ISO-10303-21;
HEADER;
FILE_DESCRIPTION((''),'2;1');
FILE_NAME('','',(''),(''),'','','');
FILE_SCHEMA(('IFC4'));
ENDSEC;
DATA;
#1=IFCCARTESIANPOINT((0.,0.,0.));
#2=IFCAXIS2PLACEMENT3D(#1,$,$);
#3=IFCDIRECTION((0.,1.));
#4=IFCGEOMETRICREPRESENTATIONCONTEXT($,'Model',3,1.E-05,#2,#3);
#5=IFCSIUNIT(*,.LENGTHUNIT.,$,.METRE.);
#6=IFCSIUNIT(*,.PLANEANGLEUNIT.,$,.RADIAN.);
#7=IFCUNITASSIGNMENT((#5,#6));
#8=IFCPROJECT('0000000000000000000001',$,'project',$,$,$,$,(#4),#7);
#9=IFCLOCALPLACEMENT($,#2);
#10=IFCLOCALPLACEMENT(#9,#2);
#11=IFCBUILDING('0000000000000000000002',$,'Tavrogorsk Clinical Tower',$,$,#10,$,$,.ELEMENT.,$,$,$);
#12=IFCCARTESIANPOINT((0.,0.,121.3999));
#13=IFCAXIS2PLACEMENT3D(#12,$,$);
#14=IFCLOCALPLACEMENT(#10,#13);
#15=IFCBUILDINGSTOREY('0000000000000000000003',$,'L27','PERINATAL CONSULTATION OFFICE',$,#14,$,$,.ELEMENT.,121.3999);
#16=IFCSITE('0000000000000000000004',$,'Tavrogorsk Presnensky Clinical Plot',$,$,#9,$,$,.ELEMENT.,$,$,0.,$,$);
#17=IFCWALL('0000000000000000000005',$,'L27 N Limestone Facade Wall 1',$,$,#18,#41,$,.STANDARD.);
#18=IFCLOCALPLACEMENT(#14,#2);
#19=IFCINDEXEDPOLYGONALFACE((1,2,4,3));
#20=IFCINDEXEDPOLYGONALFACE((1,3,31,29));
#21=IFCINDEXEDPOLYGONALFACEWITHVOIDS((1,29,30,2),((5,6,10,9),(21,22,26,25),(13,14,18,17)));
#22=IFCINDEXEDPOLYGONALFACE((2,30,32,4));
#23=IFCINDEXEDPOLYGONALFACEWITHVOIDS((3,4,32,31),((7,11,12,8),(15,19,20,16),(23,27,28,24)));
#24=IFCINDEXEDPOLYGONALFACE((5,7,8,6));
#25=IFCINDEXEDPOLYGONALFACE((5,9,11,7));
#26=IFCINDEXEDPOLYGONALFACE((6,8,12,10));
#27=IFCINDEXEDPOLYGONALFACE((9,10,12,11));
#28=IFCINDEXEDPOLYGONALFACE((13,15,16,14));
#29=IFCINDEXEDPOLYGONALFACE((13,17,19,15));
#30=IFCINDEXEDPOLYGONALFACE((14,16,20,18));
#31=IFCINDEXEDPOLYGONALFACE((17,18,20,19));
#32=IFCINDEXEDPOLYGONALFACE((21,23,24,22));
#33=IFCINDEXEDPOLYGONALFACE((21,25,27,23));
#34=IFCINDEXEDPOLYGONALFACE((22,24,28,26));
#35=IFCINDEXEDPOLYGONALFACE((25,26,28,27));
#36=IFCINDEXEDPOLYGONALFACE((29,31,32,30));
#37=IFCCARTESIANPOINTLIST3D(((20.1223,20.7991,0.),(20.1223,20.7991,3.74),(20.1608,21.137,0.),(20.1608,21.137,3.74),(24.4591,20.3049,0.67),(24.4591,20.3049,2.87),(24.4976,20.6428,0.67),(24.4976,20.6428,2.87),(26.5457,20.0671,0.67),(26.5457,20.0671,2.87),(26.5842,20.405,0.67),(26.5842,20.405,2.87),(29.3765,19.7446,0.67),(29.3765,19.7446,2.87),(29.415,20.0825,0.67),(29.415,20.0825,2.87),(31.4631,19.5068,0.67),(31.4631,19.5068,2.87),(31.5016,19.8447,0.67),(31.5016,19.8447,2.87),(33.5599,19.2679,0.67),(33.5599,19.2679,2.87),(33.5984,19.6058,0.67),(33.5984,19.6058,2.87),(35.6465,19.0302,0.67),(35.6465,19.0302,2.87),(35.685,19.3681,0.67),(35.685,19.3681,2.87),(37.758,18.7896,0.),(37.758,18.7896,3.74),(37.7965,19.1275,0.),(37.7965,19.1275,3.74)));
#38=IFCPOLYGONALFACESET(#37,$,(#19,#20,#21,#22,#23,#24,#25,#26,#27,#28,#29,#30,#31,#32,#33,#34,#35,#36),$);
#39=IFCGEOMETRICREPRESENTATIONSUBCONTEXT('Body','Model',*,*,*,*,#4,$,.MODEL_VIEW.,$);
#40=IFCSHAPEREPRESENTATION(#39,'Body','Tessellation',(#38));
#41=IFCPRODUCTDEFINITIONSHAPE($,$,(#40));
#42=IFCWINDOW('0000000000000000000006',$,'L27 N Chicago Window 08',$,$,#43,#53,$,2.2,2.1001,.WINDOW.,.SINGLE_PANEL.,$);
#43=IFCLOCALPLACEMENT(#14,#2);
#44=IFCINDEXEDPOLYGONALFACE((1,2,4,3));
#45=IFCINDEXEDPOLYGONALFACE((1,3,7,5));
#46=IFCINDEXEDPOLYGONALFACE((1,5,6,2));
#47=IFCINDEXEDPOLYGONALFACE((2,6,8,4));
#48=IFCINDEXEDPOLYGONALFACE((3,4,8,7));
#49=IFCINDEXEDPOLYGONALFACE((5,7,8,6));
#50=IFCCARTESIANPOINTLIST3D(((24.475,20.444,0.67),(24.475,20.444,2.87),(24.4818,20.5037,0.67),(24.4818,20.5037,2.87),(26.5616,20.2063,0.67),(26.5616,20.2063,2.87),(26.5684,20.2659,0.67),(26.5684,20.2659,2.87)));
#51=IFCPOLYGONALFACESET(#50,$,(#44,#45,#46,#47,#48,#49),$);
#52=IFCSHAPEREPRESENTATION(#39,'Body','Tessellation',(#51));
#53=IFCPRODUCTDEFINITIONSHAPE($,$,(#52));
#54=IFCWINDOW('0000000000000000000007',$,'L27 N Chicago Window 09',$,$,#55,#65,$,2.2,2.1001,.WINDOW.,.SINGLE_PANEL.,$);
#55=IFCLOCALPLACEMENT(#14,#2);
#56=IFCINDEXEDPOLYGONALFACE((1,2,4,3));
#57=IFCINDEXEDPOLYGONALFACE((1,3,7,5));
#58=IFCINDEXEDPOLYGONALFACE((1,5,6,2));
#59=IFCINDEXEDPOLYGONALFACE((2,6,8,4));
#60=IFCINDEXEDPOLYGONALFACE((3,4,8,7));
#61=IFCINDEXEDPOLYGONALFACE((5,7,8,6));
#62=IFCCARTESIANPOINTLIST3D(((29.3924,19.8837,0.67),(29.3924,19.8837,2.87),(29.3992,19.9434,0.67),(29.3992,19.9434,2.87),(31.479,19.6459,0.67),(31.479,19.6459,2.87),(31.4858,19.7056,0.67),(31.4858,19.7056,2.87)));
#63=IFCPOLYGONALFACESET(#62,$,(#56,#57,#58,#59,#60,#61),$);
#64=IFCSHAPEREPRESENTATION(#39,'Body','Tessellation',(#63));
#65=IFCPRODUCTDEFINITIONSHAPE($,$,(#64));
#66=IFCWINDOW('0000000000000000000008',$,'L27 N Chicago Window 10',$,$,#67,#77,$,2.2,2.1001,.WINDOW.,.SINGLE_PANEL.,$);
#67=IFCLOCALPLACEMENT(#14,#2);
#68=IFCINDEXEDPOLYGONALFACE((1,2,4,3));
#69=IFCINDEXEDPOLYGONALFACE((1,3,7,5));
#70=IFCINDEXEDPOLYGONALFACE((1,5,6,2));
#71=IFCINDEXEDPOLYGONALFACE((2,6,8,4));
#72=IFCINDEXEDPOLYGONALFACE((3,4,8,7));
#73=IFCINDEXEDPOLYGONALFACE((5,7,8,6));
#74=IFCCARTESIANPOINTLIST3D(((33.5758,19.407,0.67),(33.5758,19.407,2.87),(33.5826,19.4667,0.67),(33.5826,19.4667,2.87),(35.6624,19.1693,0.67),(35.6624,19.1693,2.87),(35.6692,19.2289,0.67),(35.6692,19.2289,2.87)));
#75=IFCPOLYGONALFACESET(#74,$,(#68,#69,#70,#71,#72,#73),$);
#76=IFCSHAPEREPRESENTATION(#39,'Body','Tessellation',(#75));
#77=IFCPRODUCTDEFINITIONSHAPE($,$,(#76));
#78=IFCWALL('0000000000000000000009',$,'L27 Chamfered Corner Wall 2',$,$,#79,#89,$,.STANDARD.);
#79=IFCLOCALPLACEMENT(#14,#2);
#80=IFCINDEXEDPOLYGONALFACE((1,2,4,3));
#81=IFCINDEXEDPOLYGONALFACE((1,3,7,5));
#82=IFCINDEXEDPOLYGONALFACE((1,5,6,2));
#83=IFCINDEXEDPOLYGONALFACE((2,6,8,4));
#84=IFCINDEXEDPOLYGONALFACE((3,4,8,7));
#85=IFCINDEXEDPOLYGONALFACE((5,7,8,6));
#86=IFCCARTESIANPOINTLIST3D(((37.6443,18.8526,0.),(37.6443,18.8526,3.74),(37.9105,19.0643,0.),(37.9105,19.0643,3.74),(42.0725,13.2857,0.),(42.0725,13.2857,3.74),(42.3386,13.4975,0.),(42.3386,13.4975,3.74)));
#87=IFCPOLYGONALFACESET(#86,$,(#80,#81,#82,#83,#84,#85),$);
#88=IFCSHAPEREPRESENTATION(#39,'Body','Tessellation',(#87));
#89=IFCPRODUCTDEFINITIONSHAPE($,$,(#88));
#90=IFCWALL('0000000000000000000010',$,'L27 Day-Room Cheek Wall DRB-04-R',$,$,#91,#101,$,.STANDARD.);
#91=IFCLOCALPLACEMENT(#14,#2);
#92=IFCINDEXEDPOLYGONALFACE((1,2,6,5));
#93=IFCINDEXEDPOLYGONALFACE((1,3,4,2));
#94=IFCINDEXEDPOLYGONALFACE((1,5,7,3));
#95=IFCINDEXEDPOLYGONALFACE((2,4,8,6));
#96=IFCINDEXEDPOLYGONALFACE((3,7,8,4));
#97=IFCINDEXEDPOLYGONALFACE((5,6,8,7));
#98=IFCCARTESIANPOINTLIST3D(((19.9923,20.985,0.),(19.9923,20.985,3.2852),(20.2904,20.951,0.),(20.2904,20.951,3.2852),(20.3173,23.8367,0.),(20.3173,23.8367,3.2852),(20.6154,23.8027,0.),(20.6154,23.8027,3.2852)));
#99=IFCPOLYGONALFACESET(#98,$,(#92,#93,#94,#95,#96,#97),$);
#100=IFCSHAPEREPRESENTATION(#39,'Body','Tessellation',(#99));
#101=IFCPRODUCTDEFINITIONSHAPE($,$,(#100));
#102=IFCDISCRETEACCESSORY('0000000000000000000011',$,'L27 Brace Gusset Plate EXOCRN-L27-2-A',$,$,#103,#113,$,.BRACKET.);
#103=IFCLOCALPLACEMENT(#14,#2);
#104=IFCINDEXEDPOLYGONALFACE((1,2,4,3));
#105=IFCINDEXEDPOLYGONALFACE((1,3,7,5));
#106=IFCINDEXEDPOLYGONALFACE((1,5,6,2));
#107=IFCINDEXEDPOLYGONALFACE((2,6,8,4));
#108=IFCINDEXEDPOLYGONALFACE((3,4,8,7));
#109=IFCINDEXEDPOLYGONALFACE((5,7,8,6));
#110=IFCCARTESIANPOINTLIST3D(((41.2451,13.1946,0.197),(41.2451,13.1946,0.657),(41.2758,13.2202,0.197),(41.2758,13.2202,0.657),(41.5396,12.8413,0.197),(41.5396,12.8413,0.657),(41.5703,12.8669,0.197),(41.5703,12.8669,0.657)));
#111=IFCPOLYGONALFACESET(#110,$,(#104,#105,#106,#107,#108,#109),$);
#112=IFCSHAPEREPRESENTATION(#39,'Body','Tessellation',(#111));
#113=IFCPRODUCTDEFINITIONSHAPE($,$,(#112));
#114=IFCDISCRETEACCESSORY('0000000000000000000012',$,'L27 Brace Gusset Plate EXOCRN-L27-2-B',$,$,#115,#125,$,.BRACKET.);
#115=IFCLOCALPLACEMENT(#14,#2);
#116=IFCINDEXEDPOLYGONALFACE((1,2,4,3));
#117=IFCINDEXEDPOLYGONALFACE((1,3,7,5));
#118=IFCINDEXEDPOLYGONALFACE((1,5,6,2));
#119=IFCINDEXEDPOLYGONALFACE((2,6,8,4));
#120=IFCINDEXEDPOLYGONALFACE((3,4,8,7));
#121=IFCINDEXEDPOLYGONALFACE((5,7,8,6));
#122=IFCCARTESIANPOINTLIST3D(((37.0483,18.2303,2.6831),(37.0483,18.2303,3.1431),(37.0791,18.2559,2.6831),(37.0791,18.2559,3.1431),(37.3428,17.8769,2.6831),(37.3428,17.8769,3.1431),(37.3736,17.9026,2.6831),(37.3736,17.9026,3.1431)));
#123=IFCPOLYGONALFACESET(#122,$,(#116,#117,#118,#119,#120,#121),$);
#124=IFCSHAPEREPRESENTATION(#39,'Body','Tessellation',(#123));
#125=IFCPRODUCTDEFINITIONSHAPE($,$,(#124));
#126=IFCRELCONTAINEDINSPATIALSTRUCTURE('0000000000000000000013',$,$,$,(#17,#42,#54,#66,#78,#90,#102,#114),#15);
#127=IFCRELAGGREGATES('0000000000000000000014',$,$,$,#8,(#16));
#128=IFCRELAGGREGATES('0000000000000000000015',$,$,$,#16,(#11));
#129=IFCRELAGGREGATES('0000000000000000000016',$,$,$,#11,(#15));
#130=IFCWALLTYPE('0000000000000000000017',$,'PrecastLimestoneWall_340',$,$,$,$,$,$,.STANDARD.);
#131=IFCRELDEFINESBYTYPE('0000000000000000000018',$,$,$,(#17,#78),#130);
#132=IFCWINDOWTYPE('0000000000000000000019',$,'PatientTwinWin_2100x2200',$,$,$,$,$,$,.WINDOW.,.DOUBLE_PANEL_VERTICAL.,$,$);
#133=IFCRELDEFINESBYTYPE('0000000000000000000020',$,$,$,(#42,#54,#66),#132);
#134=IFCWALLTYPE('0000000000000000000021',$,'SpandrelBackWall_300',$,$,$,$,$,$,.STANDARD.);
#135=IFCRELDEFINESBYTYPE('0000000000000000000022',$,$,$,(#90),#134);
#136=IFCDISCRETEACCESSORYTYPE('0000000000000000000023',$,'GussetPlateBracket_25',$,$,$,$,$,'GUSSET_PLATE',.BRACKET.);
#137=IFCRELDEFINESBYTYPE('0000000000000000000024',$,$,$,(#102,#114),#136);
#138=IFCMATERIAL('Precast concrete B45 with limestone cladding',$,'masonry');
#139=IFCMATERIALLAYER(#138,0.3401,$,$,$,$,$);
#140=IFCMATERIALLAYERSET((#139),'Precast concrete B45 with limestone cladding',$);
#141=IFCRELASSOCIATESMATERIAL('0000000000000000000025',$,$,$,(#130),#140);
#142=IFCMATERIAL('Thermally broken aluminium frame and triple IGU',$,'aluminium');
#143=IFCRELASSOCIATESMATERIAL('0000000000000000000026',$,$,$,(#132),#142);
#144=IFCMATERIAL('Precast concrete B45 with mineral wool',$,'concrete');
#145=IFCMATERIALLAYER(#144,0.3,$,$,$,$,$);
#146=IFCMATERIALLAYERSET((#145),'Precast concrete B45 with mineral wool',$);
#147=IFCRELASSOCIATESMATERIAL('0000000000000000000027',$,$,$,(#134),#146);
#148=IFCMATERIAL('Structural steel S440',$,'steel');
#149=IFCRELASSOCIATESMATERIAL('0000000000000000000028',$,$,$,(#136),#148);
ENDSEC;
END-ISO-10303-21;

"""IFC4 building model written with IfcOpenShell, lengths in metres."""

from ifc_helpers import new_model, si_unit, direction, frame, frame_2d, origin, origin_2d, place, context, subcontext, project, spatial, rectangle, extrude, material, layer, layer_set, type_object, element, fill, save


model = new_model("IFC4")

# Units and contexts
model_context = context("Model", 3, precision=1e-05, world=origin(), true_north=direction((0.0, 1.0)))
body_context = subcontext(model_context, "Body", "Model", "MODEL_VIEW")
ifc_project = project(units=[si_unit("LENGTHUNIT", "METRE"), si_unit("PLANEANGLEUNIT", "RADIAN")], contexts=[model_context])

# Site, building, storey
site_placement = place(None, origin())
site = spatial("IfcSite", under=ifc_project, at=site_placement, Name="Tavrogorsk Presnensky Clinical Plot", CompositionType="ELEMENT", RefElevation=0.0)
building_placement = place(site_placement, origin())
building = spatial("IfcBuilding", under=site, at=building_placement, Name="Tavrogorsk Clinical Tower", CompositionType="ELEMENT")
storey_placement = place(building_placement, frame((0.0, 0.0, 121.3999)))
storey = spatial("IfcBuildingStorey", under=building, at=storey_placement, Name="L27", Description="PERINATAL CONSULTATION OFFICE", CompositionType="ELEMENT", Elevation=121.3999)

# Wall, openings, windows
ifc_material_1 = material(Name="Precast concrete B45 with limestone cladding", Category="masonry")
ifc_layer_1 = layer(ifc_material_1, 0.3401)
ifc_layer_set_1 = layer_set([ifc_layer_1], Name="Precast concrete B45 with limestone cladding")
wall_type_1 = type_object("IfcWallType", Name="PrecastLimestoneWall_340", PredefinedType="STANDARD", material=ifc_layer_set_1)
wall_1_placement = place(storey_placement, frame((37.7773, 18.9585, 0.0), z_axis=(0.0, 0.0, 1.0), x_axis=(-0.993571, 0.113213, 0.0)))
wall_1 = element("IfcWall", 1, at=wall_1_placement, inside=storey, type_object=wall_type_1, Name="L27 N Limestone Facade Wall 1", PredefinedType="STANDARD", context=body_context, shape_type="SweptSolid", body=[
    extrude(rectangle(XDim=17.7498, YDim=0.3401, at=frame_2d((8.875, 0.0))), origin(), (0.0, 0.0, 1.0), 3.74),
])
opening_1_placement = place(wall_1_placement, frame((11.2849, 0.0, 0.6699)))
opening_1 = element("IfcOpeningElement", 2, at=opening_1_placement, cuts=wall_1, PredefinedType="OPENING", context=body_context, shape_type="SweptSolid", body=[
    extrude(rectangle(XDim=2.1001, YDim=2.2, at=frame_2d((1.05, 1.1001))), frame((0.0, 0.1799, 0.0), z_axis=(0.0, -1.0, 0.0), x_axis=(1.0, 0.0, 0.0)), (0.0, 0.0, 1.0), 0.3601),
])
opening_2_placement = place(wall_1_placement, frame((6.3357, 0.0, 0.6699)))
opening_2 = element("IfcOpeningElement", 3, at=opening_2_placement, cuts=wall_1, PredefinedType="OPENING", context=body_context, shape_type="SweptSolid", body=[
    extrude(rectangle(XDim=2.1001, YDim=2.2, at=frame_2d((1.05, 1.1001))), frame((0.0, 0.1799, 0.0), z_axis=(0.0, -1.0, 0.0), x_axis=(1.0, 0.0, 0.0)), (0.0, 0.0, 1.0), 0.3601),
])
opening_3_placement = place(wall_1_placement, frame((2.1252, 0.0, 0.6699)))
opening_3 = element("IfcOpeningElement", 4, at=opening_3_placement, cuts=wall_1, PredefinedType="OPENING", context=body_context, shape_type="SweptSolid", body=[
    extrude(rectangle(XDim=2.1001, YDim=2.2, at=frame_2d((1.05, 1.1001))), frame((0.0, 0.1799, 0.0), z_axis=(0.0, -1.0, 0.0), x_axis=(1.0, 0.0, 0.0)), (0.0, 0.0, 1.0), 0.3601),
])
ifc_material_2 = material(Name="Thermally broken aluminium frame and triple IGU", Category="aluminium")
window_type = type_object("IfcWindowType", Name="PatientTwinWin_2100x2200", PartitioningType="DOUBLE_PANEL_VERTICAL", PredefinedType="WINDOW", material=ifc_material_2)
window_1_placement = place(opening_1_placement, origin())
window_1 = element("IfcWindow", 5, at=window_1_placement, inside=storey, type_object=window_type, Name="L27 N Chicago Window 08", OverallHeight=2.2, OverallWidth=2.1001, PartitioningType="SINGLE_PANEL", PredefinedType="WINDOW", context=body_context, shape_type="SweptSolid", body=[
    extrude(rectangle(XDim=2.1001, YDim=2.2, at=frame_2d((1.05, 1.1001))), frame((0.0, 0.03, 0.0), z_axis=(0.0, -1.0, 0.0), x_axis=(1.0, 0.0, 0.0)), (0.0, 0.0, 1.0), 0.0601),
])
fill(opening_1, window_1)
window_2_placement = place(opening_2_placement, origin())
window_2 = element("IfcWindow", 6, at=window_2_placement, inside=storey, type_object=window_type, Name="L27 N Chicago Window 09", OverallHeight=2.2, OverallWidth=2.1001, PartitioningType="SINGLE_PANEL", PredefinedType="WINDOW", context=body_context, shape_type="SweptSolid", body=[
    extrude(rectangle(XDim=2.1001, YDim=2.2, at=frame_2d((1.05, 1.1001))), frame((0.0, 0.03, 0.0), z_axis=(0.0, -1.0, 0.0), x_axis=(1.0, 0.0, 0.0)), (0.0, 0.0, 1.0), 0.0601),
])
fill(opening_2, window_2)
window_3_placement = place(opening_3_placement, origin())
window_3 = element("IfcWindow", 7, at=window_3_placement, inside=storey, type_object=window_type, Name="L27 N Chicago Window 10", OverallHeight=2.2, OverallWidth=2.1001, PartitioningType="SINGLE_PANEL", PredefinedType="WINDOW", context=body_context, shape_type="SweptSolid", body=[
    extrude(rectangle(XDim=2.1001, YDim=2.2, at=frame_2d((1.05, 1.1001))), frame((0.0, 0.03, 0.0), z_axis=(0.0, -1.0, 0.0), x_axis=(1.0, 0.0, 0.0)), (0.0, 0.0, 1.0), 0.0601),
])
fill(opening_3, window_3)

# Walls
wall_2_placement = place(storey_placement, frame((42.2056, 13.3916, 0.0), z_axis=(0.0, 0.0, 1.0), x_axis=(-0.622525, 0.7826, 0.0)))
element("IfcWall", 8, at=wall_2_placement, inside=storey, type_object=wall_type_1, Name="L27 Chamfered Corner Wall 2", PredefinedType="STANDARD", context=body_context, shape_type="SweptSolid", body=[
    extrude(rectangle(XDim=7.1133, YDim=0.3401, at=frame_2d((3.5566, 0.0))), origin(), (0.0, 0.0, 1.0), 3.74),
])
ifc_material_3 = material(Name="Precast concrete B45 with mineral wool", Category="concrete")
ifc_layer_2 = layer(ifc_material_3, 0.3)
ifc_layer_set_2 = layer_set([ifc_layer_2], Name="Precast concrete B45 with mineral wool")
wall_type_2 = type_object("IfcWallType", Name="SpandrelBackWall_300", PredefinedType="STANDARD", material=ifc_layer_set_2)
wall_3_placement = place(storey_placement, frame((20.1414, 20.968, 0.0), z_axis=(0.0, 0.0, 1.0), x_axis=(0.113223, 0.99357, 0.0)))
element("IfcWall", 9, at=wall_3_placement, inside=storey, type_object=wall_type_2, Name="L27 Day-Room Cheek Wall DRB-04-R", PredefinedType="STANDARD", context=body_context, shape_type="SweptSolid", body=[
    extrude(rectangle(XDim=2.8701, YDim=0.3, at=frame_2d((1.4351, 0.0))), origin(), (0.0, 0.0, 1.0), 3.2852),
])

# Discrete accessories
ifc_material_4 = material(Name="Structural steel S440", Category="steel")
discrete_accessory_type = type_object("IfcDiscreteAccessoryType", Name="GussetPlateBracket_25", ElementType="GUSSET_PLATE", PredefinedType="BRACKET", material=ifc_material_4)
for number, where, z_axis, x_axis, name in (
    (10, (41.4077, 13.0308, 0.197), (0.0, 0.0, 1.0), (-0.640244, 0.768172, 0.0), "L27 Brace Gusset Plate EXOCRN-L27-2-A"),
    (11, (37.2109, 18.0664, 2.6831), (0.0, 0.0, 1.0), (-0.640244, 0.768172, 0.0), "L27 Brace Gusset Plate EXOCRN-L27-2-B"),
):
    element("IfcDiscreteAccessory", number, at=place(storey_placement, frame(where, z_axis=z_axis, x_axis=x_axis)), inside=storey, type_object=discrete_accessory_type, Name=name, PredefinedType="BRACKET", context=body_context, shape_type="SweptSolid", body=[
        extrude(rectangle(XDim=0.46, YDim=0.04, at=origin_2d()), origin(), (0.0, 0.0, 1.0), 0.46),
    ])

save(model, "model.ifc")
